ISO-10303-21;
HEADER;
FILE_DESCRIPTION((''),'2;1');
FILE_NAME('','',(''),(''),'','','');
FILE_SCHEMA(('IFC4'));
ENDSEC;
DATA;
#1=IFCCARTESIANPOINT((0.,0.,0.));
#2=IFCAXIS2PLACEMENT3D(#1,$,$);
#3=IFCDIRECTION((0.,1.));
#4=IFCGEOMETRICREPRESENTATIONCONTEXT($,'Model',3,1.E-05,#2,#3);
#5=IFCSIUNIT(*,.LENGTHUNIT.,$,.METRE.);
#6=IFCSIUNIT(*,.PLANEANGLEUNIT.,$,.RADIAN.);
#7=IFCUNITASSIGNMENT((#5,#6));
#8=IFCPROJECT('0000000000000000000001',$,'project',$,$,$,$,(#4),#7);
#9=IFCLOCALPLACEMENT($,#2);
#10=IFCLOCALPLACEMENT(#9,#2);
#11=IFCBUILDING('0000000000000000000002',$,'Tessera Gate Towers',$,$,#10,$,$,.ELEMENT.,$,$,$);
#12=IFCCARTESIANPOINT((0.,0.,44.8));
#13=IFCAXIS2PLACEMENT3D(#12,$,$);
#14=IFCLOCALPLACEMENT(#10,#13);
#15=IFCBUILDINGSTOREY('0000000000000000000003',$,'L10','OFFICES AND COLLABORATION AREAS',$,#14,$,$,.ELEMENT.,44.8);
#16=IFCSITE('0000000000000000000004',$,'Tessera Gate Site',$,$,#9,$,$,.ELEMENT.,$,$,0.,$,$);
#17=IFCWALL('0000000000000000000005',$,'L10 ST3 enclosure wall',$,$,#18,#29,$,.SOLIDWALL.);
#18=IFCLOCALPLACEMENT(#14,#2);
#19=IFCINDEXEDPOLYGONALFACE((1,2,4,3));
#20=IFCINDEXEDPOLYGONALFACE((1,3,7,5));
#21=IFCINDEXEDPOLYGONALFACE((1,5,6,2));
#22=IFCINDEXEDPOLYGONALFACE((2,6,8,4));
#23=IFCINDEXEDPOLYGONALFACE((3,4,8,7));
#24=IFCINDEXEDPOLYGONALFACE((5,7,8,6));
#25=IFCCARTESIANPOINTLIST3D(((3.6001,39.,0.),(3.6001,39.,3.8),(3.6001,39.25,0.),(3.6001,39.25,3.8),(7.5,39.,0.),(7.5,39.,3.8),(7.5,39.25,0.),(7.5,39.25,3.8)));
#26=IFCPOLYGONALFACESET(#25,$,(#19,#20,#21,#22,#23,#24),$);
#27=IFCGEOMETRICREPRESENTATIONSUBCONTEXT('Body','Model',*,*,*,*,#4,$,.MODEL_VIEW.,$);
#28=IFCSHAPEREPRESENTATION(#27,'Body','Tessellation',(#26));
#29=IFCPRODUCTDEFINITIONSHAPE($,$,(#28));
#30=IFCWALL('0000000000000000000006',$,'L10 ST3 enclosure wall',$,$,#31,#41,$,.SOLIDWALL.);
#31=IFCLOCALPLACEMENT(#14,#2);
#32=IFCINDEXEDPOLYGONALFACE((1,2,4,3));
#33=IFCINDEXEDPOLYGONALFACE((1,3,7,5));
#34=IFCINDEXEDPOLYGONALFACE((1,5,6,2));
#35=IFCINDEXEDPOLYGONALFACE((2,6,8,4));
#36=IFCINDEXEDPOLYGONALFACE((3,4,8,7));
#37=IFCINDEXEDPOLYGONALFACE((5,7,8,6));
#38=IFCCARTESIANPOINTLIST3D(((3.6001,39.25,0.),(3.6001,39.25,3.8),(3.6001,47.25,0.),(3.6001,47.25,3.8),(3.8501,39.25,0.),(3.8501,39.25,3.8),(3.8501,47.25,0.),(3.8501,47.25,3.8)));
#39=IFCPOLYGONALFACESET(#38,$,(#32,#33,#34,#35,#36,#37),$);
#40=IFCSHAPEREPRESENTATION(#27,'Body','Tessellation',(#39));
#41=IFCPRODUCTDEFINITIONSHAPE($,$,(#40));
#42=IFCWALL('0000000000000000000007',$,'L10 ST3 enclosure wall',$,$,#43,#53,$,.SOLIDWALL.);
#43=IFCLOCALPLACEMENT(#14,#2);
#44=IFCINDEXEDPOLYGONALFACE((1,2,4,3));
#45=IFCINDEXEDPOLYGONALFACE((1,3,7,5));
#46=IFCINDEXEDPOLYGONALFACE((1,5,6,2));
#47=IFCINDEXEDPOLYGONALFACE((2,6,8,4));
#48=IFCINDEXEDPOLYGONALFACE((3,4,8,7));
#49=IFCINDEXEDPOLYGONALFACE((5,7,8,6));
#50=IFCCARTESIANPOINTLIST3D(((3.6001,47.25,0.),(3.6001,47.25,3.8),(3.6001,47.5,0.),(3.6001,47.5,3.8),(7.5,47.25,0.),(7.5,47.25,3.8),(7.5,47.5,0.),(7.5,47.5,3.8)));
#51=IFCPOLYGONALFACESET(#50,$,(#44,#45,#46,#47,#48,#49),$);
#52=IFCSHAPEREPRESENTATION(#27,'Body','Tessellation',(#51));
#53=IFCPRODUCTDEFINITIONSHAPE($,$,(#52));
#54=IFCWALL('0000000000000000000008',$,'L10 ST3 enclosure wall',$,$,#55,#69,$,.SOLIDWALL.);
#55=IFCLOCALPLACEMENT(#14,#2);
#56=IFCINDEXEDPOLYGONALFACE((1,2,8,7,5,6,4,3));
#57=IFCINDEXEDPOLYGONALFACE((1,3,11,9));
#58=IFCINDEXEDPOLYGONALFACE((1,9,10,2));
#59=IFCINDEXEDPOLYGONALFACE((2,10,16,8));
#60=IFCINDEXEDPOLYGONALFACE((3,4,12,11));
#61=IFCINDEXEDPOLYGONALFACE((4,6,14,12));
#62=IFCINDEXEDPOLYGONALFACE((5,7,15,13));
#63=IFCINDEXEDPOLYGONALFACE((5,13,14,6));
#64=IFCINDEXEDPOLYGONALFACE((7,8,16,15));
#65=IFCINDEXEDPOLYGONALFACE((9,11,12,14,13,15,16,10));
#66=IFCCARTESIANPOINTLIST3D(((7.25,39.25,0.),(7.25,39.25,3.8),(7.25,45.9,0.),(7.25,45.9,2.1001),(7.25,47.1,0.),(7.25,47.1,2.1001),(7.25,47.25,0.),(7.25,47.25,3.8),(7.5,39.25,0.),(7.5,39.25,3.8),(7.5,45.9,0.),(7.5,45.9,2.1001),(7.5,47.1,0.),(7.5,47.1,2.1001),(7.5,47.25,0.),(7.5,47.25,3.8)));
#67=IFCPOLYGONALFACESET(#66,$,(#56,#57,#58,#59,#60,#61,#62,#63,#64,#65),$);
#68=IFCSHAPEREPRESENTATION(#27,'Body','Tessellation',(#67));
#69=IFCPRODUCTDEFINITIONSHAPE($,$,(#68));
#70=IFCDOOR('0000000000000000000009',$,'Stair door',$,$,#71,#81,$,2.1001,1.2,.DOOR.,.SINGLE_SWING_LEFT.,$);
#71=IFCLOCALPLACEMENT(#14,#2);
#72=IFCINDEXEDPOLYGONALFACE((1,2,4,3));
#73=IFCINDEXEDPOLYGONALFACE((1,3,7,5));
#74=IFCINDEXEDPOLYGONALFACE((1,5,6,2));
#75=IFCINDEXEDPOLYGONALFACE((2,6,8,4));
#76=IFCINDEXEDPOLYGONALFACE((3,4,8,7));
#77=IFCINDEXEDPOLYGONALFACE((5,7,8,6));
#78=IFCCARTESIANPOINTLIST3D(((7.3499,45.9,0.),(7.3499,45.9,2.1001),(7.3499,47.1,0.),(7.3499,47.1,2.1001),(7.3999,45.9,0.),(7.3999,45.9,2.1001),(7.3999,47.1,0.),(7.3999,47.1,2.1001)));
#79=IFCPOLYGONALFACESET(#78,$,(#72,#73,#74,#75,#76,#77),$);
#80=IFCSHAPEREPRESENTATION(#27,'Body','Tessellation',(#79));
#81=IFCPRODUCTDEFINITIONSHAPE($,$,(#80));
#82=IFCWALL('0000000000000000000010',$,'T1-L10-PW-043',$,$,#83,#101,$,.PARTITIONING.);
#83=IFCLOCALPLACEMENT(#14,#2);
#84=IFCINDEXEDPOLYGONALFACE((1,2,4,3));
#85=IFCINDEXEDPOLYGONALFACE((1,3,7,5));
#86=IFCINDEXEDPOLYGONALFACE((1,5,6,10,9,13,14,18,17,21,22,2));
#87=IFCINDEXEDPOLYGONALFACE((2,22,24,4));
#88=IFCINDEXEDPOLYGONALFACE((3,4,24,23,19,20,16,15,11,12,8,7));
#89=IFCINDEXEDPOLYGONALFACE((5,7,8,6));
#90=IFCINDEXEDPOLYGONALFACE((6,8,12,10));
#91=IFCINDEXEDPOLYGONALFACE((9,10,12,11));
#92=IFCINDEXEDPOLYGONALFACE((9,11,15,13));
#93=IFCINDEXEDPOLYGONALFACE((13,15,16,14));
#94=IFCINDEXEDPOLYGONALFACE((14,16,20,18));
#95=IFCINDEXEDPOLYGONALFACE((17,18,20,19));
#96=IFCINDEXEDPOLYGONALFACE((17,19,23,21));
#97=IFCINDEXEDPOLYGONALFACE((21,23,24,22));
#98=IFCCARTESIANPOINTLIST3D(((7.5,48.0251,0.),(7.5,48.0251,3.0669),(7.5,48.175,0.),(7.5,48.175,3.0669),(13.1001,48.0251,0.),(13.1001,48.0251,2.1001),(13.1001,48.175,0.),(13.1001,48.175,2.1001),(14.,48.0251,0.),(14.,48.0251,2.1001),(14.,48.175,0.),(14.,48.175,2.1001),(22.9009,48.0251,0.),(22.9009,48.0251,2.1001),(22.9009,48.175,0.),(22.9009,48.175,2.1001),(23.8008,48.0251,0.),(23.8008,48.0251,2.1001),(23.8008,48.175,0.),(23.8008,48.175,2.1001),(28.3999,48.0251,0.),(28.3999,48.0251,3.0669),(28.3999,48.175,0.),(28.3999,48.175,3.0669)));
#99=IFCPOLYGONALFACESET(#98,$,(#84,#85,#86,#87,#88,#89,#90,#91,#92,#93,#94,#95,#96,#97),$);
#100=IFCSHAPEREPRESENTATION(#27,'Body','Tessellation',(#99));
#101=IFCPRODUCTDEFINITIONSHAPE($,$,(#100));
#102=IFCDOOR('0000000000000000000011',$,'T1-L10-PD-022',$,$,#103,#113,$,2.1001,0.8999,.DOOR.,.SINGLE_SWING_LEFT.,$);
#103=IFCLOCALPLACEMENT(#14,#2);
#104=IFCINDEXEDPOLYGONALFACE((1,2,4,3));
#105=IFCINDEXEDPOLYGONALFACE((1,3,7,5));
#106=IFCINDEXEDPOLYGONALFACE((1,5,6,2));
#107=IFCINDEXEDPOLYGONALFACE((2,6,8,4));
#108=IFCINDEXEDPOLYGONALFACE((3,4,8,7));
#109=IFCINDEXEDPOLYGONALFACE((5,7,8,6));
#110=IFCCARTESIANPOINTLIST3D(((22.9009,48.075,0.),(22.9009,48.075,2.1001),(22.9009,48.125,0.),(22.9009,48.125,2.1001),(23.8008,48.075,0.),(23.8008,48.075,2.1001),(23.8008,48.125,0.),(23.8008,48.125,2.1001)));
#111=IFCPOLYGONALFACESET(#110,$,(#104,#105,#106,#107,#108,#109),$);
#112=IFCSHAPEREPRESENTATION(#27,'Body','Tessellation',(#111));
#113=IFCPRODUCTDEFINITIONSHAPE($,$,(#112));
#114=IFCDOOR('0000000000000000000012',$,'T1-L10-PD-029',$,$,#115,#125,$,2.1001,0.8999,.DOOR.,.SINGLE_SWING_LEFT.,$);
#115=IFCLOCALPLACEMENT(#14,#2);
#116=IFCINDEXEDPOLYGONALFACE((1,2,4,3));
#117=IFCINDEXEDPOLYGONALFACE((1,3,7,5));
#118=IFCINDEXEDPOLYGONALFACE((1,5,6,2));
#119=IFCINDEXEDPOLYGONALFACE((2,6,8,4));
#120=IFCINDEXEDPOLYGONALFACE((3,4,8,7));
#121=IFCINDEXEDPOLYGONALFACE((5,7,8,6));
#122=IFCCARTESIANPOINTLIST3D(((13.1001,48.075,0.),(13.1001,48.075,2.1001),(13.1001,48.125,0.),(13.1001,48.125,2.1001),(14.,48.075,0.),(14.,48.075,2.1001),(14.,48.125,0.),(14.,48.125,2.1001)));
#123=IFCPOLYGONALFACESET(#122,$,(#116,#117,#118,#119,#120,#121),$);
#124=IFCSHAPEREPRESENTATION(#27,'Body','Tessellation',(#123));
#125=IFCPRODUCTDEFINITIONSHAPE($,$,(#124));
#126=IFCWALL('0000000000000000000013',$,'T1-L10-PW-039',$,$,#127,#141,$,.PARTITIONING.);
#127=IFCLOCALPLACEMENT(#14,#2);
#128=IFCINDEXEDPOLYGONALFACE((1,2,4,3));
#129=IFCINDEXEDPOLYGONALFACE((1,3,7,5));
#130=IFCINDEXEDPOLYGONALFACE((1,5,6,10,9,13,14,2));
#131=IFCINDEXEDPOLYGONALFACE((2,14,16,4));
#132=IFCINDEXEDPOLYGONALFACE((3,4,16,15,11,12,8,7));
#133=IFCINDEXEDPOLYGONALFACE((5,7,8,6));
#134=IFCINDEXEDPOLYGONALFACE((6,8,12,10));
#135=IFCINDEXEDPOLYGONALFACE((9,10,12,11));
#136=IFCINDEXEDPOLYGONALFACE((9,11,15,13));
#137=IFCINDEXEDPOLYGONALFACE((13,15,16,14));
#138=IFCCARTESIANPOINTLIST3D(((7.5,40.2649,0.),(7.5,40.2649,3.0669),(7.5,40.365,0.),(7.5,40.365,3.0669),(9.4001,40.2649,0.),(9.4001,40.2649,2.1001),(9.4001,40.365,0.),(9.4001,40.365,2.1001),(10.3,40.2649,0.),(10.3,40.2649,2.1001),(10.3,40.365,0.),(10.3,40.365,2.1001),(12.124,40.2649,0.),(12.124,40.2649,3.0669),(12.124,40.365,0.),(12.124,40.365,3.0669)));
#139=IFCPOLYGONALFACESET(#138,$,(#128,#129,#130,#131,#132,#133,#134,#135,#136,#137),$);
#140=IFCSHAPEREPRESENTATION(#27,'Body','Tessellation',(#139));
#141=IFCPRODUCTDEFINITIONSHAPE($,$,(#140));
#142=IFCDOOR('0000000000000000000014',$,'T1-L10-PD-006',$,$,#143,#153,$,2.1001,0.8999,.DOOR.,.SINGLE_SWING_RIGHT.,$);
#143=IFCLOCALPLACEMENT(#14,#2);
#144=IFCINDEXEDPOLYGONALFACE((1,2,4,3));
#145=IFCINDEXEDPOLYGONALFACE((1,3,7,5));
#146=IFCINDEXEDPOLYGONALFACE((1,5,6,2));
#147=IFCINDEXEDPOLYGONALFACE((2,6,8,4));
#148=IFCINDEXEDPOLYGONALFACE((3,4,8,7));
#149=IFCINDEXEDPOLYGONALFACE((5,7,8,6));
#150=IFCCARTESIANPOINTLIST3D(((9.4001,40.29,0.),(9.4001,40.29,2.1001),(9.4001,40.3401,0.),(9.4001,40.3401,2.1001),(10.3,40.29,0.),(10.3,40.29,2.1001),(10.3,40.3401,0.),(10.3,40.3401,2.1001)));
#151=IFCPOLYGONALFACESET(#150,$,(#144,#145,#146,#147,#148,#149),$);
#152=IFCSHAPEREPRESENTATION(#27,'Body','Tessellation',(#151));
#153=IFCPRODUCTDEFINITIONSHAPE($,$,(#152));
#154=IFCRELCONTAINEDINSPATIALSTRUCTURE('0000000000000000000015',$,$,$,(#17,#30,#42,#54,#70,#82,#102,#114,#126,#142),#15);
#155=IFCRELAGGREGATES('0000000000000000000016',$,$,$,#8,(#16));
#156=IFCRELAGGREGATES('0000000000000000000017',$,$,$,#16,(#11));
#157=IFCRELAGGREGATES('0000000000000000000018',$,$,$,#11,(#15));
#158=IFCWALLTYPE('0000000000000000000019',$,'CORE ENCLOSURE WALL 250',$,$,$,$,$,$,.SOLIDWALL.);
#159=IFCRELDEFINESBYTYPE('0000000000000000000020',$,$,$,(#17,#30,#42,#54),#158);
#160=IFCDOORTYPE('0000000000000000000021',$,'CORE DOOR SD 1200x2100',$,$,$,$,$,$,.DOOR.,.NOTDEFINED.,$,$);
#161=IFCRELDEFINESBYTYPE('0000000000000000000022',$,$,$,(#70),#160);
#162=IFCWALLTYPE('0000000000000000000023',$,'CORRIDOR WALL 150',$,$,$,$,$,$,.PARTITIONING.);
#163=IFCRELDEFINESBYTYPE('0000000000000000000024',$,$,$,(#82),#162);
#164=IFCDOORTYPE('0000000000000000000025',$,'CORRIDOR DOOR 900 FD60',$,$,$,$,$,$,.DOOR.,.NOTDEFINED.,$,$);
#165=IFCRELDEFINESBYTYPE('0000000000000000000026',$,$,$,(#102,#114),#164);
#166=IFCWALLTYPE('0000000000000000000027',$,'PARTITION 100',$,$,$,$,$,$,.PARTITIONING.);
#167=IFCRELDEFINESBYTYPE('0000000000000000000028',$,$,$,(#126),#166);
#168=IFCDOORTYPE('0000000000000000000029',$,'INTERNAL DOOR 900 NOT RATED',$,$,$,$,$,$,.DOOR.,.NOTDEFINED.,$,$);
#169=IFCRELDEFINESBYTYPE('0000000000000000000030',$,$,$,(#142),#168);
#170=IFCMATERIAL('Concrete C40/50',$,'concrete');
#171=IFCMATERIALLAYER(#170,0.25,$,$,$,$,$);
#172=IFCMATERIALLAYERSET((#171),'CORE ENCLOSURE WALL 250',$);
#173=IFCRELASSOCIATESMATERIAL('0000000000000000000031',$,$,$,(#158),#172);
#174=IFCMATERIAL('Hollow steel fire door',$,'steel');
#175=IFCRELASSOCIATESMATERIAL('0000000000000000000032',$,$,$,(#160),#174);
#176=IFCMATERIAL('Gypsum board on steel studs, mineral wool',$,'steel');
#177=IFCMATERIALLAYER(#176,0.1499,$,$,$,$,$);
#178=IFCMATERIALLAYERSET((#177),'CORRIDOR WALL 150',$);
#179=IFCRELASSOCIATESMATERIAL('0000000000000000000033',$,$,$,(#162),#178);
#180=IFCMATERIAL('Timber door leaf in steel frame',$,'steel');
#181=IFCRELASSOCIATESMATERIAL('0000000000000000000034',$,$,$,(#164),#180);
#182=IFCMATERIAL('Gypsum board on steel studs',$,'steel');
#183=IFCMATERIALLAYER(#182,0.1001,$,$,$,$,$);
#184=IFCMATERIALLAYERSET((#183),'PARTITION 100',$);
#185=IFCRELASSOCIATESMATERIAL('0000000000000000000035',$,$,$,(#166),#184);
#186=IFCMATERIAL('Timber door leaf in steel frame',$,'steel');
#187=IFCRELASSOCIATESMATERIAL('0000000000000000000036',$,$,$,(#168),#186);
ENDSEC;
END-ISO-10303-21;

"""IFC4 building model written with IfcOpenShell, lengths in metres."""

from ifc_helpers import new_model, si_unit, direction, frame, frame_2d, origin, place, context, subcontext, project, spatial, rectangle, extrude, source, transform, mapped, material, layer, layer_set, type_object, element, fill, save


model = new_model("IFC4")

# Units and contexts
model_context = context("Model", 3, precision=1e-05, world=origin(), true_north=direction((0.0, 1.0)))
body_context = subcontext(model_context, "Body", "Model", "MODEL_VIEW")
ifc_project = project(units=[si_unit("LENGTHUNIT", "METRE"), si_unit("PLANEANGLEUNIT", "RADIAN")], contexts=[model_context])

# Site, building, storey
site_placement = place(None, origin())
site = spatial("IfcSite", under=ifc_project, at=site_placement, Name="Tessera Gate Site", CompositionType="ELEMENT", RefElevation=0.0)
building_placement = place(site_placement, origin())
building = spatial("IfcBuilding", under=site, at=building_placement, Name="Tessera Gate Towers", CompositionType="ELEMENT")
storey_placement = place(building_placement, frame((0.0, 0.0, 44.8)))
storey = spatial("IfcBuildingStorey", under=building, at=storey_placement, Name="L10", Description="OFFICES AND COLLABORATION AREAS", CompositionType="ELEMENT", Elevation=44.8)

# Walls
ifc_material_1 = material(Name="Concrete C40/50", Category="concrete")
ifc_layer_1 = layer(ifc_material_1, 0.25)
ifc_layer_set_1 = layer_set([ifc_layer_1], Name="CORE ENCLOSURE WALL 250")
wall_type_1 = type_object("IfcWallType", Name="CORE ENCLOSURE WALL 250", PredefinedType="SOLIDWALL", material=ifc_layer_set_1)
wall_1_placement = place(storey_placement, frame((7.5, 39.125, 0.0), z_axis=(0.0, 0.0, 1.0), x_axis=(-1.0, 0.0, 0.0)))
element("IfcWall", 1, at=wall_1_placement, inside=storey, type_object=wall_type_1, Name="L10 ST3 enclosure wall", PredefinedType="SOLIDWALL", context=body_context, shape_type="SweptSolid", body=[
    extrude(rectangle(XDim=3.8999, YDim=0.25, at=frame_2d((1.95, 0.0))), origin(), (0.0, 0.0, 1.0), 3.8),
])
wall_2_placement = place(storey_placement, frame((3.7251, 39.25, 0.0), z_axis=(0.0, 0.0, 1.0), x_axis=(0.0, 1.0, 0.0)))
element("IfcWall", 2, at=wall_2_placement, inside=storey, type_object=wall_type_1, Name="L10 ST3 enclosure wall", PredefinedType="SOLIDWALL", context=body_context, shape_type="SweptSolid", body=[
    extrude(rectangle(XDim=8.0, YDim=0.25, at=frame_2d((4.0, 0.0))), origin(), (0.0, 0.0, 1.0), 3.8),
])
wall_3_placement = place(storey_placement, frame((3.6001, 47.375, 0.0), z_axis=(0.0, 0.0, 1.0), x_axis=(1.0, 0.0, 0.0)))
element("IfcWall", 3, at=wall_3_placement, inside=storey, type_object=wall_type_1, Name="L10 ST3 enclosure wall", PredefinedType="SOLIDWALL", context=body_context, shape_type="SweptSolid", body=[
    extrude(rectangle(XDim=3.8999, YDim=0.25, at=frame_2d((1.95, 0.0))), origin(), (0.0, 0.0, 1.0), 3.8),
])

# Wall, opening, door
wall_4_placement = place(storey_placement, frame((7.375, 47.25, 0.0), z_axis=(0.0, 0.0, 1.0), x_axis=(0.0, -1.0, 0.0)))
wall_4 = element("IfcWall", 4, at=wall_4_placement, inside=storey, type_object=wall_type_1, Name="L10 ST3 enclosure wall", PredefinedType="SOLIDWALL", context=body_context, shape_type="SweptSolid", body=[
    extrude(rectangle(XDim=8.0, YDim=0.25, at=frame_2d((4.0, 0.0))), origin(), (0.0, 0.0, 1.0), 3.8),
])
shared_shape_1 = source(origin(), body_context, "Body", "SweptSolid", [
    extrude(rectangle(XDim=1.2, YDim=2.1001, at=frame_2d((0.6001, 1.05))), frame((0.0, 0.135, 0.0), z_axis=(0.0, -1.0, 0.0), x_axis=(1.0, 0.0, 0.0)), (0.0, 0.0, 1.0), 0.27),
])
opening_1_placement = place(wall_4_placement, frame((0.1499, 0.0, 0.0)))
opening_1 = element("IfcOpeningElement", 5, at=opening_1_placement, cuts=wall_4, PredefinedType="OPENING", context=body_context, shape_type="MappedRepresentation", body=[
    mapped(shared_shape_1, transform((0.0, 0.0, 0.0), scale=1.0)),
])
ifc_material_2 = material(Name="Hollow steel fire door", Category="steel")
door_type_1 = type_object("IfcDoorType", Name="CORE DOOR SD 1200x2100", OperationType="NOTDEFINED", PredefinedType="DOOR", material=ifc_material_2)
shared_shape_2 = source(origin(), body_context, "Body", "SweptSolid", [
    extrude(rectangle(XDim=1.2, YDim=2.1001, at=frame_2d((0.6001, 1.05))), frame((0.0, 0.0249, 0.0), z_axis=(0.0, -1.0, 0.0), x_axis=(1.0, 0.0, 0.0)), (0.0, 0.0, 1.0), 0.05),
])
door_1_placement = place(opening_1_placement, origin())
door_1 = element("IfcDoor", 6, at=door_1_placement, inside=storey, type_object=door_type_1, Name="Stair door", OperationType="SINGLE_SWING_LEFT", OverallHeight=2.1001, OverallWidth=1.2, PredefinedType="DOOR", context=body_context, shape_type="MappedRepresentation", body=[
    mapped(shared_shape_2, transform((0.0, 0.0, 0.0), scale=1.0)),
])
fill(opening_1, door_1)

# Wall, openings, doors
ifc_material_3 = material(Name="Gypsum board on steel studs, mineral wool", Category="steel")
ifc_layer_2 = layer(ifc_material_3, 0.1499)
ifc_layer_set_2 = layer_set([ifc_layer_2], Name="CORRIDOR WALL 150")
wall_type_2 = type_object("IfcWallType", Name="CORRIDOR WALL 150", PredefinedType="PARTITIONING", material=ifc_layer_set_2)
wall_5_placement = place(storey_placement, frame((7.5, 48.1001, 0.0), z_axis=(0.0, 0.0, 1.0), x_axis=(1.0, 0.0, 0.0)))
wall_5 = element("IfcWall", 7, at=wall_5_placement, inside=storey, type_object=wall_type_2, Name="T1-L10-PW-043", PredefinedType="PARTITIONING", context=body_context, shape_type="SweptSolid", body=[
    extrude(rectangle(XDim=20.8999, YDim=0.1499, at=frame_2d((10.45, 0.0))), origin(), (0.0, 0.0, 1.0), 3.0669),
])
shared_shape_3 = source(origin(), body_context, "Body", "SweptSolid", [
    extrude(rectangle(XDim=0.8999, YDim=2.1001, at=frame_2d((0.45, 1.05))), frame((0.0, 0.085, 0.0), z_axis=(0.0, -1.0, 0.0), x_axis=(1.0, 0.0, 0.0)), (0.0, 0.0, 1.0), 0.1699),
])
opening_2_placement = place(wall_5_placement, frame((15.4009, 0.0, 0.0)))
opening_2 = element("IfcOpeningElement", 8, at=opening_2_placement, cuts=wall_5, PredefinedType="OPENING", context=body_context, shape_type="MappedRepresentation", body=[
    mapped(shared_shape_3, transform((0.0, 0.0, 0.0), scale=1.0)),
])
opening_3_placement = place(wall_5_placement, frame((5.6001, 0.0, 0.0)))
opening_3 = element("IfcOpeningElement", 9, at=opening_3_placement, cuts=wall_5, PredefinedType="OPENING", context=body_context, shape_type="MappedRepresentation", body=[
    mapped(shared_shape_3, transform((0.0, 0.0, 0.0), scale=1.0)),
])
ifc_material_4 = material(Name="Timber door leaf in steel frame", Category="steel")
door_type_2 = type_object("IfcDoorType", Name="CORRIDOR DOOR 900 FD60", OperationType="NOTDEFINED", PredefinedType="DOOR", material=ifc_material_4)
shared_shape_4 = source(origin(), body_context, "Body", "SweptSolid", [
    extrude(rectangle(XDim=0.8999, YDim=2.1001, at=frame_2d((0.45, 1.05))), frame((0.0, 0.0249, 0.0), z_axis=(0.0, -1.0, 0.0), x_axis=(1.0, 0.0, 0.0)), (0.0, 0.0, 1.0), 0.05),
])
door_2_placement = place(opening_2_placement, origin())
door_2 = element("IfcDoor", 10, at=door_2_placement, inside=storey, type_object=door_type_2, Name="T1-L10-PD-022", OperationType="SINGLE_SWING_LEFT", OverallHeight=2.1001, OverallWidth=0.8999, PredefinedType="DOOR", context=body_context, shape_type="MappedRepresentation", body=[
    mapped(shared_shape_4, transform((0.0, 0.0, 0.0), scale=1.0)),
])
fill(opening_2, door_2)
door_3_placement = place(opening_3_placement, origin())
door_3 = element("IfcDoor", 11, at=door_3_placement, inside=storey, type_object=door_type_2, Name="T1-L10-PD-029", OperationType="SINGLE_SWING_LEFT", OverallHeight=2.1001, OverallWidth=0.8999, PredefinedType="DOOR", context=body_context, shape_type="MappedRepresentation", body=[
    mapped(shared_shape_4, transform((0.0, 0.0, 0.0), scale=1.0)),
])
fill(opening_3, door_3)

# Wall, opening, door
ifc_material_5 = material(Name="Gypsum board on steel studs", Category="steel")
ifc_layer_3 = layer(ifc_material_5, 0.1001)
ifc_layer_set_3 = layer_set([ifc_layer_3], Name="PARTITION 100")
wall_type_3 = type_object("IfcWallType", Name="PARTITION 100", PredefinedType="PARTITIONING", material=ifc_layer_set_3)
wall_6_placement = place(storey_placement, frame((12.124, 40.3149, 0.0), z_axis=(0.0, 0.0, 1.0), x_axis=(-1.0, 0.0, 0.0)))
wall_6 = element("IfcWall", 12, at=wall_6_placement, inside=storey, type_object=wall_type_3, Name="T1-L10-PW-039", PredefinedType="PARTITIONING", context=body_context, shape_type="SweptSolid", body=[
    extrude(rectangle(XDim=4.624, YDim=0.1001, at=frame_2d((2.312, 0.0))), origin(), (0.0, 0.0, 1.0), 3.0669),
])
shared_shape_5 = source(origin(), body_context, "Body", "SweptSolid", [
    extrude(rectangle(XDim=0.8999, YDim=2.1001, at=frame_2d((0.45, 1.05))), frame((0.0, 0.0601, 0.0), z_axis=(0.0, -1.0, 0.0), x_axis=(1.0, 0.0, 0.0)), (0.0, 0.0, 1.0), 0.1201),
])
opening_4_placement = place(wall_6_placement, frame((1.824, 0.0, 0.0)))
opening_4 = element("IfcOpeningElement", 13, at=opening_4_placement, cuts=wall_6, PredefinedType="OPENING", context=body_context, shape_type="MappedRepresentation", body=[
    mapped(shared_shape_5, transform((0.0, 0.0, 0.0), scale=1.0)),
])
ifc_material_6 = material(Name="Timber door leaf in steel frame", Category="steel")
door_type_3 = type_object("IfcDoorType", Name="INTERNAL DOOR 900 NOT RATED", OperationType="NOTDEFINED", PredefinedType="DOOR", material=ifc_material_6)
door_4_placement = place(opening_4_placement, origin())
door_4 = element("IfcDoor", 14, at=door_4_placement, inside=storey, type_object=door_type_3, Name="T1-L10-PD-006", OperationType="SINGLE_SWING_RIGHT", OverallHeight=2.1001, OverallWidth=0.8999, PredefinedType="DOOR", context=body_context, shape_type="MappedRepresentation", body=[
    mapped(shared_shape_4, transform((0.0, 0.0, 0.0), scale=1.0)),
])
fill(opening_4, door_4)

save(model, "model.ifc")
